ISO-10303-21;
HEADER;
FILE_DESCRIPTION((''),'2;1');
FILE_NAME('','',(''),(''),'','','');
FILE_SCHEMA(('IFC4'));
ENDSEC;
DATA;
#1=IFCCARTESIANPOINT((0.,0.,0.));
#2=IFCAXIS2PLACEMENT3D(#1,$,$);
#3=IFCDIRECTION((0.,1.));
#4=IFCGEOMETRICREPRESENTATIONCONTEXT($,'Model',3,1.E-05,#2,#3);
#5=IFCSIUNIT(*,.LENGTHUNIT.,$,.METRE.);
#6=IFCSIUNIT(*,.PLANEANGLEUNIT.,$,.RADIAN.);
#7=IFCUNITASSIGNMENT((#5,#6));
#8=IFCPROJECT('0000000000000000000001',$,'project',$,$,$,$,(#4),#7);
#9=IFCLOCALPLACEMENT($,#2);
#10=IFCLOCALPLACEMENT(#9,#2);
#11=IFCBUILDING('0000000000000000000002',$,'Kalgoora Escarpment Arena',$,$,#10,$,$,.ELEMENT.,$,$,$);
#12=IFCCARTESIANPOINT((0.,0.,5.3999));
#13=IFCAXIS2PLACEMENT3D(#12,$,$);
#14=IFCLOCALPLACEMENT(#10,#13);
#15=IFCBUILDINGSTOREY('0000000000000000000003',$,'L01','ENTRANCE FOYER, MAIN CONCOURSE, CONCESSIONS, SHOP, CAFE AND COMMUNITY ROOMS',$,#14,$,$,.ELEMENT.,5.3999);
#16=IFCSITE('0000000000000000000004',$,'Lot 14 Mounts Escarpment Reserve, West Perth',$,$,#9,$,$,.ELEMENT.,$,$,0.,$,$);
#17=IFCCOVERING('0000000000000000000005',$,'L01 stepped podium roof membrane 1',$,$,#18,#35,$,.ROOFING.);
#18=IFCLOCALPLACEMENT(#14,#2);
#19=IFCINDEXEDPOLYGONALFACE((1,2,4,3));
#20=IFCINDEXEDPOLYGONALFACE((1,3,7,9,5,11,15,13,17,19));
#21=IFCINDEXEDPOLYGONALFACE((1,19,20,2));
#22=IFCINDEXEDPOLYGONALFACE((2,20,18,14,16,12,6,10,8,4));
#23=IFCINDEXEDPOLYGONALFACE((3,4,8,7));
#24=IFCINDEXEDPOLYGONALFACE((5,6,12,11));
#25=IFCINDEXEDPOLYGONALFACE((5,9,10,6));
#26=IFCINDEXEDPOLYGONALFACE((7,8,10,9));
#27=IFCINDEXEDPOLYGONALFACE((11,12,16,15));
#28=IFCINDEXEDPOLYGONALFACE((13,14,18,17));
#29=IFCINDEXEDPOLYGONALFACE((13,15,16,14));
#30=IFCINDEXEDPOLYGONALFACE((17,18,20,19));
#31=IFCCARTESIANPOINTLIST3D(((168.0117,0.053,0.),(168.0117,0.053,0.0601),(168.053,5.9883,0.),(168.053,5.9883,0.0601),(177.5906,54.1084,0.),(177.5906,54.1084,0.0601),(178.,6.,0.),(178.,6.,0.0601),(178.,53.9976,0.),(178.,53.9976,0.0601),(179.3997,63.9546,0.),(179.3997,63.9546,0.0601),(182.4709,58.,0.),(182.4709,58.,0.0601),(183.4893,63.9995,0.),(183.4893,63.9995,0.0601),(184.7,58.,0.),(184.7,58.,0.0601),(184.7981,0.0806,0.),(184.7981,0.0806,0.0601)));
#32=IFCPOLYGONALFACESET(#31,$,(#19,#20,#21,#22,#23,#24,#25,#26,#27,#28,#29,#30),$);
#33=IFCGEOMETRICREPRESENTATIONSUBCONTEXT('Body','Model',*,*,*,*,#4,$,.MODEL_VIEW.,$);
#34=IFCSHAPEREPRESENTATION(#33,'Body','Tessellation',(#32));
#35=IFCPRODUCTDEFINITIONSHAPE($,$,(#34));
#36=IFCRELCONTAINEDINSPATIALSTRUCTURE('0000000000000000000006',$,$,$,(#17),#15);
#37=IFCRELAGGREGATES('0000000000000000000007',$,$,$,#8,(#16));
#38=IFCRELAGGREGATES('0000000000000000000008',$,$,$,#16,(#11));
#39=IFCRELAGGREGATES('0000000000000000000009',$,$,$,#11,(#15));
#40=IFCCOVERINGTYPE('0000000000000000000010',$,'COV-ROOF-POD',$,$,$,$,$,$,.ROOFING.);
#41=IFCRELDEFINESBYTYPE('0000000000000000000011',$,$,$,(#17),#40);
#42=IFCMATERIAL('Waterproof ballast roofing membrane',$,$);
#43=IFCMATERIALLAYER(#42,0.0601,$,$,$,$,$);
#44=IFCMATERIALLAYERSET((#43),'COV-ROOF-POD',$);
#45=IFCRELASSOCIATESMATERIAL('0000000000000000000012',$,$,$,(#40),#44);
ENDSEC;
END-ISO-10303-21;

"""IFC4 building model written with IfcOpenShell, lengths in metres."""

from ifc_helpers import new_model, si_unit, direction, frame, origin, place, context, subcontext, project, spatial, polyline, outline, extrude, material, layer, layer_set, type_object, element, save


model = new_model("IFC4")

# Units and contexts
model_context = context("Model", 3, precision=1e-05, world=origin(), true_north=direction((0.0, 1.0)))
body_context = subcontext(model_context, "Body", "Model", "MODEL_VIEW")
ifc_project = project(units=[si_unit("LENGTHUNIT", "METRE"), si_unit("PLANEANGLEUNIT", "RADIAN")], contexts=[model_context])

# Site, building, storey
site_placement = place(None, origin())
site = spatial("IfcSite", under=ifc_project, at=site_placement, Name="Lot 14 Mounts Escarpment Reserve, West Perth", CompositionType="ELEMENT", RefElevation=0.0)
building_placement = place(site_placement, origin())
building = spatial("IfcBuilding", under=site, at=building_placement, Name="Kalgoora Escarpment Arena", CompositionType="ELEMENT")
storey_placement = place(building_placement, frame((0.0, 0.0, 5.3999)))
storey = spatial("IfcBuildingStorey", under=building, at=storey_placement, Name="L01", Description="ENTRANCE FOYER, MAIN CONCOURSE, CONCESSIONS, SHOP, CAFE AND COMMUNITY ROOMS", CompositionType="ELEMENT", Elevation=5.3999)

# Covering
ifc_material_1 = material(Name="Waterproof ballast roofing membrane")
ifc_layer_1 = layer(ifc_material_1, 0.0601)
ifc_layer_set_1 = layer_set([ifc_layer_1], Name="COV-ROOF-POD")
covering_type = type_object("IfcCoveringType", Name="COV-ROOF-POD", PredefinedType="ROOFING", material=ifc_layer_set_1)
covering_placement = place(storey_placement, origin())
element("IfcCovering", 1, at=covering_placement, inside=storey, type_object=covering_type, Name="L01 stepped podium roof membrane 1", PredefinedType="ROOFING", context=body_context, shape_type="SweptSolid", body=[
    extrude(outline(polyline([(178.0, 6.0), (178.0, 53.9976), (177.5906, 54.1084), (179.3997, 63.9546), (183.4893, 63.9995), (182.4709, 58.0), (184.7, 58.0), (184.7981, 0.0806), (168.0117, 0.053), (168.053, 5.9883), (178.0, 6.0)])), origin(), (0.0, 0.0, 1.0), 0.0601),
])

save(model, "model.ifc")
